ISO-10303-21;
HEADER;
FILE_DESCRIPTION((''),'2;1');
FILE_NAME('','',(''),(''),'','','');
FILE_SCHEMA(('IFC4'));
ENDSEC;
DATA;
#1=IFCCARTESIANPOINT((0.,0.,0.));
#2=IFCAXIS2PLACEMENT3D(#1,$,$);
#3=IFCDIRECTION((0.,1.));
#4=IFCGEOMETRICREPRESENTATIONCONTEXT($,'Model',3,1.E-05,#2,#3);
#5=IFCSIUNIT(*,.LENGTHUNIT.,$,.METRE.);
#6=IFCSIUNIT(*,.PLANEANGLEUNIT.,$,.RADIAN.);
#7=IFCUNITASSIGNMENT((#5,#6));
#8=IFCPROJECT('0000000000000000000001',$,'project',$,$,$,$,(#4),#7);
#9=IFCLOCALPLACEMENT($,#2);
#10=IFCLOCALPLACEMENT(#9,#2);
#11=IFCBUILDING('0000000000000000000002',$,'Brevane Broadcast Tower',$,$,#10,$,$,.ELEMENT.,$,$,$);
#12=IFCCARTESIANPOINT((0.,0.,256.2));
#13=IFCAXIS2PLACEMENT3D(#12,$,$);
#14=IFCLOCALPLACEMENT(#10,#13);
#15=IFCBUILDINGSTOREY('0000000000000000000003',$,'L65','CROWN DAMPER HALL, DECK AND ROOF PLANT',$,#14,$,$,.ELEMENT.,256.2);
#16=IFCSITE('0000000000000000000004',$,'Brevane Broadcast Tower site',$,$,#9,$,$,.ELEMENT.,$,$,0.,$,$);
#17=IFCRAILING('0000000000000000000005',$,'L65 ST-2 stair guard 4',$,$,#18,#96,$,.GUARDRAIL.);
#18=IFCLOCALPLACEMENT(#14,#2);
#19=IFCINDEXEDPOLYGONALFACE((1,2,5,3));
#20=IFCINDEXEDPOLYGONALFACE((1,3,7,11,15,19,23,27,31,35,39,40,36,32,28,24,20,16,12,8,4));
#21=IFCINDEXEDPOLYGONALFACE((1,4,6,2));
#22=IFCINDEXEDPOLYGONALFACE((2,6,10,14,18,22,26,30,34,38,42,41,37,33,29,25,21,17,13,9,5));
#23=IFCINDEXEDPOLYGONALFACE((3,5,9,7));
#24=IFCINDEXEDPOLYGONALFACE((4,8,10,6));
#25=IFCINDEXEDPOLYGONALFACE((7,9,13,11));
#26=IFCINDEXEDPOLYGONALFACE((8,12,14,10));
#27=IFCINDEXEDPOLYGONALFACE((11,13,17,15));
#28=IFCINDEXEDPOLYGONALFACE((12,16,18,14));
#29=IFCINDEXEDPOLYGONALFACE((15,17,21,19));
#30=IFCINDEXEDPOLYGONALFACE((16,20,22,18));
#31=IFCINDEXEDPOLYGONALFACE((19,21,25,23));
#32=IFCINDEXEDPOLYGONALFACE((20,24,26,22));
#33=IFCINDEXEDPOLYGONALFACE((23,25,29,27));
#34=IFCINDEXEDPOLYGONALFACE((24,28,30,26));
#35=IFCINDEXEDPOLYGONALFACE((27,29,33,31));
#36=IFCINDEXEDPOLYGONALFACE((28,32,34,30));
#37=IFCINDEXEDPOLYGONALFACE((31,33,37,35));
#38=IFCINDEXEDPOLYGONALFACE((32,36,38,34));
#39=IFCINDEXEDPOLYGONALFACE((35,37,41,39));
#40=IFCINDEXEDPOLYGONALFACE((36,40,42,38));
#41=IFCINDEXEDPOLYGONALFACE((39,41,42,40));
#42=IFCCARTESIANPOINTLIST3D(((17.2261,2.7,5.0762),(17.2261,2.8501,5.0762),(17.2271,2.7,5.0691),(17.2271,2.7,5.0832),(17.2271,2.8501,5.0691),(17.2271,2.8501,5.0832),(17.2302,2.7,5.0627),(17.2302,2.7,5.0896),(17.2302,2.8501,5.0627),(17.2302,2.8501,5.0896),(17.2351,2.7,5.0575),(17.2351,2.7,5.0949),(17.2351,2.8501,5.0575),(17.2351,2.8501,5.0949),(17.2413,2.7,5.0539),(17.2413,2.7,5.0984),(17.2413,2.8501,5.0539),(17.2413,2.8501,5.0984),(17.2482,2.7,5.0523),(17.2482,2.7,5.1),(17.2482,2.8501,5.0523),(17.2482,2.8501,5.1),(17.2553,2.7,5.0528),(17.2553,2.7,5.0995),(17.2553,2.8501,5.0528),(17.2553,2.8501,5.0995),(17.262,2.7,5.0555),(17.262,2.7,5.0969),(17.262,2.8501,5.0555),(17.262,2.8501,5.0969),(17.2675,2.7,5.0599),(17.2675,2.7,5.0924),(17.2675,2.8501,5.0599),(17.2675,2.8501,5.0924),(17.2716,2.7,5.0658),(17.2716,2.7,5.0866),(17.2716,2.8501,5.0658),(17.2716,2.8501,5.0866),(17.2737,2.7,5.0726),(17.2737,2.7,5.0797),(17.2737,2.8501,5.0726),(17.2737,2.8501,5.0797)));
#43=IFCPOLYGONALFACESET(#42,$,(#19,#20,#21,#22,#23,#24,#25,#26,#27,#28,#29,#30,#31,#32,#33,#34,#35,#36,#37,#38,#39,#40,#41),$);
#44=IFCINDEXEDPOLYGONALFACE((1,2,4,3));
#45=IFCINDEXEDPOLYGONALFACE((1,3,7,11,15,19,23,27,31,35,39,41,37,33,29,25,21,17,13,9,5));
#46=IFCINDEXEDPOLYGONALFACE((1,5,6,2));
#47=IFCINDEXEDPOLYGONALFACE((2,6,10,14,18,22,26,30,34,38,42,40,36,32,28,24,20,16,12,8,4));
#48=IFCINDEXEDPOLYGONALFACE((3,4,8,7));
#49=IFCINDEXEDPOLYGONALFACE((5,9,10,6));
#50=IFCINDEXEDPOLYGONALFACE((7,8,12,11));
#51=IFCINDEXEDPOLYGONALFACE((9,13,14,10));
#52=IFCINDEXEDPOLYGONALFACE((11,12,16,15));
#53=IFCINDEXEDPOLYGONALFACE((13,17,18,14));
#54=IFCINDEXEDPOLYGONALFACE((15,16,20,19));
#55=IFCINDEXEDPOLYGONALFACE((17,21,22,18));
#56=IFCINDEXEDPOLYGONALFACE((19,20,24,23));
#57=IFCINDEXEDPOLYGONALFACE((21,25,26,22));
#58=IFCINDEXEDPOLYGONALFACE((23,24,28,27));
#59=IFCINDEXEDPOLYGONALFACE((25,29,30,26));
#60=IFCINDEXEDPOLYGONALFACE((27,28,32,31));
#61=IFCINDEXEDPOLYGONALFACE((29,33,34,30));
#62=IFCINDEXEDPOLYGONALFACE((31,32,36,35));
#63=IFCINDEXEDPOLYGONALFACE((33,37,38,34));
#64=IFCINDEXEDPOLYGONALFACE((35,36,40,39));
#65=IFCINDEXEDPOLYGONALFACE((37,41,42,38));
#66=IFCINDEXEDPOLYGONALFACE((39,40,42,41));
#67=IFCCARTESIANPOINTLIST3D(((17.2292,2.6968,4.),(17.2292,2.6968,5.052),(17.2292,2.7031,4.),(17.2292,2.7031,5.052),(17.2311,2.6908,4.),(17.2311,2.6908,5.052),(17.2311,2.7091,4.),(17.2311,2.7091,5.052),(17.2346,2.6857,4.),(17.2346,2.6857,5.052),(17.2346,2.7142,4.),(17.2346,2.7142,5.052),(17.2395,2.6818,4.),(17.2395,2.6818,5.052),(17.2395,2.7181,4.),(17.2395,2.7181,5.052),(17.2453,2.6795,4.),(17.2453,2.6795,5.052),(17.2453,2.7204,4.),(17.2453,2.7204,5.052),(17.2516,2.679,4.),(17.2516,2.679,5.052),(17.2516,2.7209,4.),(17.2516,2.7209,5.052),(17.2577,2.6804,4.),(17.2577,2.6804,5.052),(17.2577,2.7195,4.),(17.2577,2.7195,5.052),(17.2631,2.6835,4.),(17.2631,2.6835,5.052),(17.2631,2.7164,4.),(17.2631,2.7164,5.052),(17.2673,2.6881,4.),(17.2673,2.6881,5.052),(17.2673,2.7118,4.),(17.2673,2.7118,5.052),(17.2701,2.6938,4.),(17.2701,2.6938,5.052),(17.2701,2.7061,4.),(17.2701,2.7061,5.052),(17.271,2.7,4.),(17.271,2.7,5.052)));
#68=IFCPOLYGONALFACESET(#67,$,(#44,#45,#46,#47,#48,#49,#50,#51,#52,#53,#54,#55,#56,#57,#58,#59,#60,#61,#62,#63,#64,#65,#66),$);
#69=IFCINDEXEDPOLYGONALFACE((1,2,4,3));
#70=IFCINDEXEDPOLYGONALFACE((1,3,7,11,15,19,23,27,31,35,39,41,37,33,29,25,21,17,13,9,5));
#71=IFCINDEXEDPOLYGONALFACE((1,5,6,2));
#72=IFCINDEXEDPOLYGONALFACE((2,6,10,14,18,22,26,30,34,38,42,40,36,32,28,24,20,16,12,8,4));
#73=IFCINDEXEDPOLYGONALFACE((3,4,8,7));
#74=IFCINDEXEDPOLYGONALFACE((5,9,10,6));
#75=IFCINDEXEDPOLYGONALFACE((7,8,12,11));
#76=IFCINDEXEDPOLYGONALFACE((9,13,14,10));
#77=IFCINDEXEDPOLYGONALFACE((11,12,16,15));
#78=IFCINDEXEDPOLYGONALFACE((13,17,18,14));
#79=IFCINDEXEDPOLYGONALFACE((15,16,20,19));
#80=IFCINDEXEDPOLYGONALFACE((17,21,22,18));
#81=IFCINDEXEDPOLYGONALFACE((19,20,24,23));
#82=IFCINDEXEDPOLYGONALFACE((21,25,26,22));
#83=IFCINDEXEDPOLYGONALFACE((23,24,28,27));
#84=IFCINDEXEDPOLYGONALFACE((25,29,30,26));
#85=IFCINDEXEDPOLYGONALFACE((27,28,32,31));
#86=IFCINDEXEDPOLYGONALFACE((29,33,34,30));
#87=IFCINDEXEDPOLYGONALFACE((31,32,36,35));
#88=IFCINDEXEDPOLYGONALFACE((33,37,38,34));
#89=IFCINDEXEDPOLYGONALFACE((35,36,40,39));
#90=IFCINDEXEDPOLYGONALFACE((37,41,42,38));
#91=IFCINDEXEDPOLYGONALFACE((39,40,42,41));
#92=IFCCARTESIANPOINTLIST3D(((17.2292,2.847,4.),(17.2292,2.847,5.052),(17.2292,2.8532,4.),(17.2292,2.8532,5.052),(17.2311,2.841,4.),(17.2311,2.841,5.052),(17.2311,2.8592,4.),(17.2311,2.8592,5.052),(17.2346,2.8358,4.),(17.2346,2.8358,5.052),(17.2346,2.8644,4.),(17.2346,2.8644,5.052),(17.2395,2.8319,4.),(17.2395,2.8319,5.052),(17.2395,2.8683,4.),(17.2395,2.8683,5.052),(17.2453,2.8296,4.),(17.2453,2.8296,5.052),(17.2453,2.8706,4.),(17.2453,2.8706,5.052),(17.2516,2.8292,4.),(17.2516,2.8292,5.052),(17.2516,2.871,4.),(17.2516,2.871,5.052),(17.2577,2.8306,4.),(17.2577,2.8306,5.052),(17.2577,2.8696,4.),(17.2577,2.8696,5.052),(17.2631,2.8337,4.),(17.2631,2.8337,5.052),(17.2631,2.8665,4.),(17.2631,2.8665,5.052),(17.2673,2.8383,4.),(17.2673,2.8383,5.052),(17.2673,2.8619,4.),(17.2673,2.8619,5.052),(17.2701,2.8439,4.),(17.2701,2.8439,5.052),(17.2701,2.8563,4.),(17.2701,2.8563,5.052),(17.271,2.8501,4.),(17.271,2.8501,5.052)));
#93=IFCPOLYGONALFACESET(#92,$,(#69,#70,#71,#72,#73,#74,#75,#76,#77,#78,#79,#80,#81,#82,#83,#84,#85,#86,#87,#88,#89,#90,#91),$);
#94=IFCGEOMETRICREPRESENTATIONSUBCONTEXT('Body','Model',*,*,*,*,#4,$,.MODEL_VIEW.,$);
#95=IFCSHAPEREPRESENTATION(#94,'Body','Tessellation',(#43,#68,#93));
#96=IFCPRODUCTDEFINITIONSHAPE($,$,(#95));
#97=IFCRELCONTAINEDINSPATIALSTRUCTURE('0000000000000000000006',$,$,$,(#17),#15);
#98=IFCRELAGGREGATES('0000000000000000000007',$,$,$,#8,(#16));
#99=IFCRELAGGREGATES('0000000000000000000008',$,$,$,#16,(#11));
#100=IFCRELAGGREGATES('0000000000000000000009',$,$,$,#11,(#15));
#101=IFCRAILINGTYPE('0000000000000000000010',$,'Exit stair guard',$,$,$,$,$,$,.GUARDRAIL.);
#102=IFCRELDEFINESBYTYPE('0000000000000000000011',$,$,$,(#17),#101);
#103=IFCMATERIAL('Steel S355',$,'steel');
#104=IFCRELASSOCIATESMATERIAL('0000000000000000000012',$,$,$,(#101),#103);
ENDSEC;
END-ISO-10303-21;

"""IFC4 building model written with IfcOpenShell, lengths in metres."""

from ifc_helpers import new_model, si_unit, direction, frame, origin, origin_2d, place, context, subcontext, project, spatial, circle, extrude, material, type_object, element, save


model = new_model("IFC4")

# Units and contexts
model_context = context("Model", 3, precision=1e-05, world=origin(), true_north=direction((0.0, 1.0)))
body_context = subcontext(model_context, "Body", "Model", "MODEL_VIEW")
ifc_project = project(units=[si_unit("LENGTHUNIT", "METRE"), si_unit("PLANEANGLEUNIT", "RADIAN")], contexts=[model_context])

# Site, building, storey
site_placement = place(None, origin())
site = spatial("IfcSite", under=ifc_project, at=site_placement, Name="Brevane Broadcast Tower site", CompositionType="ELEMENT", RefElevation=0.0)
building_placement = place(site_placement, origin())
building = spatial("IfcBuilding", under=site, at=building_placement, Name="Brevane Broadcast Tower", CompositionType="ELEMENT")
storey_placement = place(building_placement, frame((0.0, 0.0, 256.2)))
storey = spatial("IfcBuildingStorey", under=building, at=storey_placement, Name="L65", Description="CROWN DAMPER HALL, DECK AND ROOF PLANT", CompositionType="ELEMENT", Elevation=256.2)

# Railing
ifc_material_1 = material(Name="Steel S355", Category="steel")
railing_type_1 = type_object("IfcRailingType", Name="Exit stair guard", PredefinedType="GUARDRAIL", material=ifc_material_1)
railing_1_placement = place(storey_placement, frame((17.25, 2.7, 4.0)))
element("IfcRailing", 1, at=railing_1_placement, inside=storey, type_object=railing_type_1, Name="L65 ST-2 stair guard 4", PredefinedType="GUARDRAIL", context=body_context, shape_type="SweptSolid", body=[
    extrude(circle(Radius=0.0239, at=origin_2d()), frame((0.0, 0.0, 1.0762), z_axis=(0.0, 1.0, 0.0), x_axis=(-1.0, 0.0, 0.0)), (0.0, 0.0, 1.0), 0.1501),
    extrude(circle(Radius=0.021, at=origin_2d()), origin(), (0.0, 0.0, 1.0), 1.052),
    extrude(circle(Radius=0.021, at=origin_2d()), frame((0.0, 0.1501, 0.0)), (0.0, 0.0, 1.0), 1.052),
])

save(model, "model.ifc")
